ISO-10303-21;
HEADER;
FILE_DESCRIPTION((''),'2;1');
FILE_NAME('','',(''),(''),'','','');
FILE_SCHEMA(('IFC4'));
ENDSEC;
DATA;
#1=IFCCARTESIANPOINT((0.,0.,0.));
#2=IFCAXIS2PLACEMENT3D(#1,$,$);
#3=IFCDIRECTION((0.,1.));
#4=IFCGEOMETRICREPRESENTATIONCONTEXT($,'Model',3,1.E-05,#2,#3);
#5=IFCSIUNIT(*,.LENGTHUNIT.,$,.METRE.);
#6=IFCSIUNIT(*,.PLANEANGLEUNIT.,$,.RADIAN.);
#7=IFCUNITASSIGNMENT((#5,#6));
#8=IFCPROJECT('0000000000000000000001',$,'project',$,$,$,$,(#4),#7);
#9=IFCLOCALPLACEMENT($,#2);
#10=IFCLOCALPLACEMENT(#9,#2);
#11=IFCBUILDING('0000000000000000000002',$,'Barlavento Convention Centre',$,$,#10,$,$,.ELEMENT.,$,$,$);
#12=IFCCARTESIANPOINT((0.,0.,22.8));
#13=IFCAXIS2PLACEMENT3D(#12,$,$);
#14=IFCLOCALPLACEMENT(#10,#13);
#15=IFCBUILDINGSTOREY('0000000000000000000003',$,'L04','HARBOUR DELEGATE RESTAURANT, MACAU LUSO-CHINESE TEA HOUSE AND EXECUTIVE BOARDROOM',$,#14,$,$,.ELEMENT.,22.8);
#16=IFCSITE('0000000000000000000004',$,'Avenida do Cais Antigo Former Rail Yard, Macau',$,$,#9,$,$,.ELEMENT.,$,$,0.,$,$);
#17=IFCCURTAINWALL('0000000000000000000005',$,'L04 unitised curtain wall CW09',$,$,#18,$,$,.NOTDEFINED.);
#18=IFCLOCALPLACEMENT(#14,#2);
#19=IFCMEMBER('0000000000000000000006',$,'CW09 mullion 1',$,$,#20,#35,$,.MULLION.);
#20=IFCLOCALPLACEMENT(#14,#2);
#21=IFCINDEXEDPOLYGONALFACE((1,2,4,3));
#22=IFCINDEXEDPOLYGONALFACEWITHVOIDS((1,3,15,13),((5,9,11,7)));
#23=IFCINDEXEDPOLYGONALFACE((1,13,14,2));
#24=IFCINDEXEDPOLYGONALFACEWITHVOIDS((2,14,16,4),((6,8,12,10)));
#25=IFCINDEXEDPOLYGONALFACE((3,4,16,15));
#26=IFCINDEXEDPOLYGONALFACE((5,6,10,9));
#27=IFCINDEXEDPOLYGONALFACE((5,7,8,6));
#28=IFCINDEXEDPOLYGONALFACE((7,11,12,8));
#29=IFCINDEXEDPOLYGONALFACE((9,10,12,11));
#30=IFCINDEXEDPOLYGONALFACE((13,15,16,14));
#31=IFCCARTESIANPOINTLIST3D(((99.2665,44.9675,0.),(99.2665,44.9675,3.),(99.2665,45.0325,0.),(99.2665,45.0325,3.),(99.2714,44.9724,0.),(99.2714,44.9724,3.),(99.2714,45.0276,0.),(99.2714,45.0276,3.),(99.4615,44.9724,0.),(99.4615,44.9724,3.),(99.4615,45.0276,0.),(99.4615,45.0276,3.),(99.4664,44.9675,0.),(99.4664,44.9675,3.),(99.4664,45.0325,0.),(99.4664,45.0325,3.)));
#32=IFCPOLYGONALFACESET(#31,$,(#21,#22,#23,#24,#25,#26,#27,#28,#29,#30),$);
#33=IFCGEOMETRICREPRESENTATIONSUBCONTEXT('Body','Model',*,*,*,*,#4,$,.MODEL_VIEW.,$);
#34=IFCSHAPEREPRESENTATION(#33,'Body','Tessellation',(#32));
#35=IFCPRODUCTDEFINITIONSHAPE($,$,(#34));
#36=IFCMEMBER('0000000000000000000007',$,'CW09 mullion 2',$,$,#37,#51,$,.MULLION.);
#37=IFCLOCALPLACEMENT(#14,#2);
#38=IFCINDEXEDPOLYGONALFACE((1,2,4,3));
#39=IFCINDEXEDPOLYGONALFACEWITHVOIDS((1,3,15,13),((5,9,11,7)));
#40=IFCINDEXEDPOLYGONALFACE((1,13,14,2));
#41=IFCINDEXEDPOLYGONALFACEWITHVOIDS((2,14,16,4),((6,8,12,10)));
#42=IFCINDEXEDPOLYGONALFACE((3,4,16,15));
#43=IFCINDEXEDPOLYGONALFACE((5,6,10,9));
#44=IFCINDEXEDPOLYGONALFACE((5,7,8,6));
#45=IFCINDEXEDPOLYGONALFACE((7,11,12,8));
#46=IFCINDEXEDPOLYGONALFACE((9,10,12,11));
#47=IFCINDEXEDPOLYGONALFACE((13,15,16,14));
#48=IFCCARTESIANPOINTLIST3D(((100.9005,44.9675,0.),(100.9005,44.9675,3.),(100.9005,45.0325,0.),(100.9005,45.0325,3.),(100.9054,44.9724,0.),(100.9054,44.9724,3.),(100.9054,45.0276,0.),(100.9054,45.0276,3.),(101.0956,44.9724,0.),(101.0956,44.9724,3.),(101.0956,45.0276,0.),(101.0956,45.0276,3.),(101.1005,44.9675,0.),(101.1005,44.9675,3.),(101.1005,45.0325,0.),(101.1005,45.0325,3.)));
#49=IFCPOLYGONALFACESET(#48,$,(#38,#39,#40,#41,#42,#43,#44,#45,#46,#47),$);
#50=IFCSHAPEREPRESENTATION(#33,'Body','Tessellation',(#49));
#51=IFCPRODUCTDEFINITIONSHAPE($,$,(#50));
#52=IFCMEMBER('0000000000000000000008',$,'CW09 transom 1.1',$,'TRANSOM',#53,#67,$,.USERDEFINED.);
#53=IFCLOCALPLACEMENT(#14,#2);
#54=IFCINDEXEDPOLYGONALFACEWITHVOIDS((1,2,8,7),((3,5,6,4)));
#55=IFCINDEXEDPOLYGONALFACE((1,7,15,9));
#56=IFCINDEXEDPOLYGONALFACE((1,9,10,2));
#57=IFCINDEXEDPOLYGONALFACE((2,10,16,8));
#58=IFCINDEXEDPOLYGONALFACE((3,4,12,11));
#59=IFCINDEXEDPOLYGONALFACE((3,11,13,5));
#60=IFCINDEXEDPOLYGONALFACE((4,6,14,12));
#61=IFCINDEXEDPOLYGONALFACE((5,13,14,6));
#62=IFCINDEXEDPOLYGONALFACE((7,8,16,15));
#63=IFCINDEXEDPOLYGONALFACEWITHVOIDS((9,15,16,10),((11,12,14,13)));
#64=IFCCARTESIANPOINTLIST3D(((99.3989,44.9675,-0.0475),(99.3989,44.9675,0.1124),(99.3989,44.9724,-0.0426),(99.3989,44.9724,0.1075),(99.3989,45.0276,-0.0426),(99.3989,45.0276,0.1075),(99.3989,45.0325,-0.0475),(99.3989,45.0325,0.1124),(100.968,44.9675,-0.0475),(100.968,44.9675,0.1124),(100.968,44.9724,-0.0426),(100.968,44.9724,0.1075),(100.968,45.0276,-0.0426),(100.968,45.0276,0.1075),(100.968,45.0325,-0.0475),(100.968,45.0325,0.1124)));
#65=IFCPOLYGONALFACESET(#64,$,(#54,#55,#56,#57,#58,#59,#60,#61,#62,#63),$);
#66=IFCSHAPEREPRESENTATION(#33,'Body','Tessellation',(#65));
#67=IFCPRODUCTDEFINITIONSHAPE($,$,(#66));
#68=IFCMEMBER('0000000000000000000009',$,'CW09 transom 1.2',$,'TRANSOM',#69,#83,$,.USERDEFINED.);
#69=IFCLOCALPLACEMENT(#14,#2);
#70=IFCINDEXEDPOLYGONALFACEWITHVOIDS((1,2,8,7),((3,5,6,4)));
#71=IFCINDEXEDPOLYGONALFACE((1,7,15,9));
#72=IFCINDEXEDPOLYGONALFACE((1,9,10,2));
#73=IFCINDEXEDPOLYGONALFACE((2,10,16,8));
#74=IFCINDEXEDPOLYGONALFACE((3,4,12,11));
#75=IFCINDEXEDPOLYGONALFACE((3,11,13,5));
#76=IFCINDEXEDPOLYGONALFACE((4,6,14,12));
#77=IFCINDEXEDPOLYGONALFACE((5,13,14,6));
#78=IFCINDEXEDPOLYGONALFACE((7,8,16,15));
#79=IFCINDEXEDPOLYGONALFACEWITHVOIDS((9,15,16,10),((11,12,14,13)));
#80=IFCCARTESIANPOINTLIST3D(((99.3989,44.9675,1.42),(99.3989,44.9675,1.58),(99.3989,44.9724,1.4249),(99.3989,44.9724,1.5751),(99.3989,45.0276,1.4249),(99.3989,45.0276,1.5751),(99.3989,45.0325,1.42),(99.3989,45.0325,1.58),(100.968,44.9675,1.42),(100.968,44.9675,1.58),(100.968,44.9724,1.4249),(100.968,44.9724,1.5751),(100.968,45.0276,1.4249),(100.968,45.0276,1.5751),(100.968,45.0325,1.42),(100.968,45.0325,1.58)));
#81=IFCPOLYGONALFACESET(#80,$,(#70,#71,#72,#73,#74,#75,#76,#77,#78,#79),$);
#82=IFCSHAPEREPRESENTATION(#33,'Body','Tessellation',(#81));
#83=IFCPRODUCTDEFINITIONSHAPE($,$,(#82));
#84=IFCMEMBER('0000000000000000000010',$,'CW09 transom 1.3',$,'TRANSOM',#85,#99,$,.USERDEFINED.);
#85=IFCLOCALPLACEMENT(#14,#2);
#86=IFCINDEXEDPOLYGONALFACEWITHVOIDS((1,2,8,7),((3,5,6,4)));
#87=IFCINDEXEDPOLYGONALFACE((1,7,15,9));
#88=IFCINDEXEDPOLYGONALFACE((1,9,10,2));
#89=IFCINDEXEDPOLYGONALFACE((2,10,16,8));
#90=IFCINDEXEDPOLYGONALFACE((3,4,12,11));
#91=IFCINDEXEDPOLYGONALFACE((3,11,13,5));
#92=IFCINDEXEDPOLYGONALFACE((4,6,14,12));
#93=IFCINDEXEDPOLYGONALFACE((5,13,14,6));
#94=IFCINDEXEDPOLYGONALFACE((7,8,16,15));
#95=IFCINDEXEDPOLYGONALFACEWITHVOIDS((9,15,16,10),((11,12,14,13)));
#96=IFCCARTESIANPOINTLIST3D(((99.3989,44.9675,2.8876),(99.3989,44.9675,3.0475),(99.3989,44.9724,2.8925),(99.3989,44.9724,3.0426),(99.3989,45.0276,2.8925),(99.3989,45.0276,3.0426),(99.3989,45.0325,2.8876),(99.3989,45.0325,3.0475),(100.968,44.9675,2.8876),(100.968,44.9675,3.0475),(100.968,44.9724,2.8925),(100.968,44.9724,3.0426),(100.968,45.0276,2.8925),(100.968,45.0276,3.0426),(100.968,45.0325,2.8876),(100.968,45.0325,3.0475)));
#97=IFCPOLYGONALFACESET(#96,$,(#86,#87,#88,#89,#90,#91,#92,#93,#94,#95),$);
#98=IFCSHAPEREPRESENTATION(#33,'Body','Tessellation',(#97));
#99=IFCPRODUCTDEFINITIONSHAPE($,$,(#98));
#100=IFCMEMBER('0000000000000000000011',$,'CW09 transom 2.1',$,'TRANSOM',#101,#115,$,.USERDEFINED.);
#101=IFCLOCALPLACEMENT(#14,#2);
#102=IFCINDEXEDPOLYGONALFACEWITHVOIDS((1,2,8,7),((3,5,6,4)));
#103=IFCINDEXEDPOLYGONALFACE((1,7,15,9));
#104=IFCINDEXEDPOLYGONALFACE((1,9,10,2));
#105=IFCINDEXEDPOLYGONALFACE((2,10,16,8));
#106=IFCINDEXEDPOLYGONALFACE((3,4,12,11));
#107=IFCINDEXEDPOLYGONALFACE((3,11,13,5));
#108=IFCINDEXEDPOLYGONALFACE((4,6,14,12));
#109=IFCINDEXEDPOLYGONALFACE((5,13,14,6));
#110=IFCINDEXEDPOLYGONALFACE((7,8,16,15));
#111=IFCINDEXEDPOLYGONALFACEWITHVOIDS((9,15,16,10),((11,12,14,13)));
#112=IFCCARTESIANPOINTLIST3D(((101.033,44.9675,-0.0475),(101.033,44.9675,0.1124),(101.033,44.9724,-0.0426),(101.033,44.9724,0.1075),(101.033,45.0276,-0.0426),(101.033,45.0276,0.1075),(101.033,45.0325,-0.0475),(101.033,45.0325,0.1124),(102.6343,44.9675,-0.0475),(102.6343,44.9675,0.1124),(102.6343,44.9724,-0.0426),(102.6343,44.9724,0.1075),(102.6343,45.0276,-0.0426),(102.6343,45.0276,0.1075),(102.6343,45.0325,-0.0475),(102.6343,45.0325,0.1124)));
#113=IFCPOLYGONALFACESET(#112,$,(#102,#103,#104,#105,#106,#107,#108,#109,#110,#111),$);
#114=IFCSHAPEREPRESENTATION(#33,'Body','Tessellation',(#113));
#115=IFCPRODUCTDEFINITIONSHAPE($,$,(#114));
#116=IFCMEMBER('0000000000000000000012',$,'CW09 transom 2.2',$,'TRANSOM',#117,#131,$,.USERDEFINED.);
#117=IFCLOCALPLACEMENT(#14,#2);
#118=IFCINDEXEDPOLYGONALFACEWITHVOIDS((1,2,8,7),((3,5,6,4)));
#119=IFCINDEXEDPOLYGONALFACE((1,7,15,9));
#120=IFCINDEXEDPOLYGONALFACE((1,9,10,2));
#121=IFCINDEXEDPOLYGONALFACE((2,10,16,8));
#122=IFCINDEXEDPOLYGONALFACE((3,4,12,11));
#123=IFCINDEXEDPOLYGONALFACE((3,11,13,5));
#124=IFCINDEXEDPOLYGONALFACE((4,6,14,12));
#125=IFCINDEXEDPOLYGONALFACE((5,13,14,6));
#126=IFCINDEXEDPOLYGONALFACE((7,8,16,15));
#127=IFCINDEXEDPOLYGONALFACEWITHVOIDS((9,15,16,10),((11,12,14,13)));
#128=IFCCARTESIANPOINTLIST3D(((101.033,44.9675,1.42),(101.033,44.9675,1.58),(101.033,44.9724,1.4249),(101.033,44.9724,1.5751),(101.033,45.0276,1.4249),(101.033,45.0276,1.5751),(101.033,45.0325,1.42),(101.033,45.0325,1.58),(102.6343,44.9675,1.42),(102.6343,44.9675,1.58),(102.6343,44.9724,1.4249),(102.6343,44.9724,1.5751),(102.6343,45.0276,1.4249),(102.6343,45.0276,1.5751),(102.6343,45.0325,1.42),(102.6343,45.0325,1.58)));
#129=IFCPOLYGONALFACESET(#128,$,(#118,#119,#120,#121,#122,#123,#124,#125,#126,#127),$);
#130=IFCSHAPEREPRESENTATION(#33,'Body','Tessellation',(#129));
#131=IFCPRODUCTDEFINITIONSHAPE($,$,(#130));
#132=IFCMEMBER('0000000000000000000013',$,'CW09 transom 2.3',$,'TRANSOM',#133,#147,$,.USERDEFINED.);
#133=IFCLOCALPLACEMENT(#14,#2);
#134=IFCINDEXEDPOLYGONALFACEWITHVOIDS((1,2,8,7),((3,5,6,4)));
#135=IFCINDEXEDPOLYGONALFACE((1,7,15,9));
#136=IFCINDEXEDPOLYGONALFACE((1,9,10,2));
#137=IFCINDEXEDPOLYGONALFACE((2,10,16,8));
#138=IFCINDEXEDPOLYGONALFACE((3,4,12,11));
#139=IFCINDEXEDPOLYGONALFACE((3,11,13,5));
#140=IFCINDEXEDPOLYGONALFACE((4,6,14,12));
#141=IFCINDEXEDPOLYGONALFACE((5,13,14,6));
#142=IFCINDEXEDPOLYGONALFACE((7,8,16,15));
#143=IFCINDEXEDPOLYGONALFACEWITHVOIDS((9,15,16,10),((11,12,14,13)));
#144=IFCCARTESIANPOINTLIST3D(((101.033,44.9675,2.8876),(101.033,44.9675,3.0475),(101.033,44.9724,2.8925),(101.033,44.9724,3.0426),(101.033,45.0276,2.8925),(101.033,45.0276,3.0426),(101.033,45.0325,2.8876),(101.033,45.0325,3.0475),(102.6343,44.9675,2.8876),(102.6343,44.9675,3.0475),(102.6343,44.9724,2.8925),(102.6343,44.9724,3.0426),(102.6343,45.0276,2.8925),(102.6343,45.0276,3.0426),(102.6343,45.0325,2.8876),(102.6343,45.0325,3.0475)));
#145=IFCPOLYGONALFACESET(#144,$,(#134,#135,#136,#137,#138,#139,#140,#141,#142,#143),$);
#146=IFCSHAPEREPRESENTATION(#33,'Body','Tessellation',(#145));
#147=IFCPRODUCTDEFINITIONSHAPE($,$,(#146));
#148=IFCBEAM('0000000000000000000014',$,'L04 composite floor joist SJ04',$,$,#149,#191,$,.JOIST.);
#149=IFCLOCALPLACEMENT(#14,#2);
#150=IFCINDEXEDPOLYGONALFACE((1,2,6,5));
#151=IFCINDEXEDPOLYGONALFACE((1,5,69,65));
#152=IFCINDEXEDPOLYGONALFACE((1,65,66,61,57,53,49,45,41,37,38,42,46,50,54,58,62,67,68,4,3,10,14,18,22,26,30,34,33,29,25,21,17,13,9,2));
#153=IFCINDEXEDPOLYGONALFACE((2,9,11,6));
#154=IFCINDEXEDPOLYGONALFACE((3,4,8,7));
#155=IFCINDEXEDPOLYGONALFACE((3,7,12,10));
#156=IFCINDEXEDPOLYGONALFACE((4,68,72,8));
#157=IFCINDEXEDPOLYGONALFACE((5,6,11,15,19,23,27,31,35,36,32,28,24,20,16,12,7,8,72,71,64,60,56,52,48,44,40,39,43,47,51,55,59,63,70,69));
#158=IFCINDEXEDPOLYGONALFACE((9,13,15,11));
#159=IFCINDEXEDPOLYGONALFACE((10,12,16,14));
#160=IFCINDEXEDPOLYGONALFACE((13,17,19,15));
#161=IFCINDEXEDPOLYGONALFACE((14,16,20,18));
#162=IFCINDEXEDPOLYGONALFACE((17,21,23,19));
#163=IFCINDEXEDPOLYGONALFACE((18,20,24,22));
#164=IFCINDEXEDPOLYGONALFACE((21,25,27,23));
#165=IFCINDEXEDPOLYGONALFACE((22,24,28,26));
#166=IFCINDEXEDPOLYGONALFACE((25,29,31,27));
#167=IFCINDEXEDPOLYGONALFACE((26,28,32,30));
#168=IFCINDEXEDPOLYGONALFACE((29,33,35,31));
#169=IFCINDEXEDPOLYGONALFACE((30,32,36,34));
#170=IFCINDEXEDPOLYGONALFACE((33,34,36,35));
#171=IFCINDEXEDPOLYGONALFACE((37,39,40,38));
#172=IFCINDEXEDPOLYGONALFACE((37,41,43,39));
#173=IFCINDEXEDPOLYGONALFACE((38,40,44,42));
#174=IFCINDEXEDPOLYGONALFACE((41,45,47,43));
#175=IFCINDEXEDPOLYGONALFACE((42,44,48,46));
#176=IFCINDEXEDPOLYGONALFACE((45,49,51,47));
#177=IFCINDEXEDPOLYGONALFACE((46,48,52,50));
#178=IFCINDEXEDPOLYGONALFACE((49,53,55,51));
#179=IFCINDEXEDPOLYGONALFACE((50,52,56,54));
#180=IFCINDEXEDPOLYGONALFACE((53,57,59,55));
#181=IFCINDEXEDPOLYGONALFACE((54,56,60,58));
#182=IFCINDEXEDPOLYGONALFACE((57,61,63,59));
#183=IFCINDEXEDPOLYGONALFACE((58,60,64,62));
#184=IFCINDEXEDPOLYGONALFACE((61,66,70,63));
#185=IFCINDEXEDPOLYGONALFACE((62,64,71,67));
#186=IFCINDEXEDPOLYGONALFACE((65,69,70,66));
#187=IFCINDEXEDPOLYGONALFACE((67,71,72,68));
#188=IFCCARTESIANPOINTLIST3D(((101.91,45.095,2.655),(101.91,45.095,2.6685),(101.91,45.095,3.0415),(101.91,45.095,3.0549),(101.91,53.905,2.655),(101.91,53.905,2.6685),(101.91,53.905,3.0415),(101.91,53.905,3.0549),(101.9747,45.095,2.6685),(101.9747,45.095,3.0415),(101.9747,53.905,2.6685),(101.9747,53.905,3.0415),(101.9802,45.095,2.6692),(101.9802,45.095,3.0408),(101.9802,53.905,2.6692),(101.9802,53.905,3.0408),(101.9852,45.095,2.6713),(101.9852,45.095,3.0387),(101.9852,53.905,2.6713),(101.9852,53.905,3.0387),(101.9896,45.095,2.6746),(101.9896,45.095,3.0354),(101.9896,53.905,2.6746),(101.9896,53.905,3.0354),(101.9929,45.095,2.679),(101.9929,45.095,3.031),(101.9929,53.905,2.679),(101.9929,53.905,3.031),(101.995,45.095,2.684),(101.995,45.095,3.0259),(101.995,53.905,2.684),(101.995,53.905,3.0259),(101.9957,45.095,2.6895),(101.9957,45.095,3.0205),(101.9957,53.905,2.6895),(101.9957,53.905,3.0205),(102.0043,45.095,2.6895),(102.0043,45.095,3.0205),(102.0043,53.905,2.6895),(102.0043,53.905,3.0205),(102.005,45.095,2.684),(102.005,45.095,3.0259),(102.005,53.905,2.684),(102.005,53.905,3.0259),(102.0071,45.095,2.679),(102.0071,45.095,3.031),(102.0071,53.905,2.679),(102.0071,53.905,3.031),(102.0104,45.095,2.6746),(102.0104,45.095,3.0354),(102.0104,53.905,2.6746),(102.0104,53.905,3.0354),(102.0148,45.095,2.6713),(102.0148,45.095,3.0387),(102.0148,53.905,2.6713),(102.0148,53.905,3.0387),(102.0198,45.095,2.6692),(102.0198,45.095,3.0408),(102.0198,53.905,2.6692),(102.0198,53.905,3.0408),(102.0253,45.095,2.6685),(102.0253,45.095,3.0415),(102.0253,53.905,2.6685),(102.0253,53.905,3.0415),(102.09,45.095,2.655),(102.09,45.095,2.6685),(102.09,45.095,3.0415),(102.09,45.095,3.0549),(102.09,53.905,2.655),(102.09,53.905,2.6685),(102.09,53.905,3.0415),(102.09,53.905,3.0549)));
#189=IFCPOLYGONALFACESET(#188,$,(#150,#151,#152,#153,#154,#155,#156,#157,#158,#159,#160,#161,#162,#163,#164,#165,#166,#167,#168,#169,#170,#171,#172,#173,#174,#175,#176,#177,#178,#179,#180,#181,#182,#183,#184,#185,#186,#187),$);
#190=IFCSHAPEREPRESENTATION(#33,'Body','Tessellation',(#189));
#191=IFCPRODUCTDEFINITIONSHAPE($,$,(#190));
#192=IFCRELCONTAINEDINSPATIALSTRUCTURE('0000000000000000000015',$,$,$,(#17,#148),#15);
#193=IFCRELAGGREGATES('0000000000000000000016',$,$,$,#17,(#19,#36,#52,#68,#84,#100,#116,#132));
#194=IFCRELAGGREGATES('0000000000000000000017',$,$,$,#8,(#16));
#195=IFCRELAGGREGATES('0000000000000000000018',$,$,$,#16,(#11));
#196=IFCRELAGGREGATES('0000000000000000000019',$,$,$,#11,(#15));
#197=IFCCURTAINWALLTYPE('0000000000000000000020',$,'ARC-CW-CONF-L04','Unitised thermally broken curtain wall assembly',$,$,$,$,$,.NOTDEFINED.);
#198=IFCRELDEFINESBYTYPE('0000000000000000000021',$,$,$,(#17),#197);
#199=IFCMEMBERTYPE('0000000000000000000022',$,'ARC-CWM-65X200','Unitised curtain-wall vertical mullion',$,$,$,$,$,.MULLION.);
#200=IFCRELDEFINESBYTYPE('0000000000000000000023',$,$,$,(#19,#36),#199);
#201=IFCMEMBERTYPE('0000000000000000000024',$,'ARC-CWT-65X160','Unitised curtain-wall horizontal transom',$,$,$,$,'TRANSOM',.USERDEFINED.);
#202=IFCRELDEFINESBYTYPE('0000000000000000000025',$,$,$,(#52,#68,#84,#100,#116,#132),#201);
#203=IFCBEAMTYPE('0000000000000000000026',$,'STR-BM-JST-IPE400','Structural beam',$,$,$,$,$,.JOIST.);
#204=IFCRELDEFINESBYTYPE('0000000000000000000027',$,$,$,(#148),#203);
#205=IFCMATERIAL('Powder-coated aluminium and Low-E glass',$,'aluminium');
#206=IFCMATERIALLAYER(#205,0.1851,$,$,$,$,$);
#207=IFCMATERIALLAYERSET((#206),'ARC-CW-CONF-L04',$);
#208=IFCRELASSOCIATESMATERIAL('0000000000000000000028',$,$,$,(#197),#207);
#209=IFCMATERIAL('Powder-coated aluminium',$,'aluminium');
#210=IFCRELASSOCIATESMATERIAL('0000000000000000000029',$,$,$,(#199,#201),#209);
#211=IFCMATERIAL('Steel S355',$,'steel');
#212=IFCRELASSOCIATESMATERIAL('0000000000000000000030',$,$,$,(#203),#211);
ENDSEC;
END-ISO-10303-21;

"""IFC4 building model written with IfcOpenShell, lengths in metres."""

from ifc_helpers import new_model, si_unit, direction, frame, origin, origin_2d, place, context, subcontext, project, spatial, hollow_rectangle, i_section, extrude, material, layer, layer_set, material_profile, profile_set, type_object, element, aggregate, save


model = new_model("IFC4")

# Units and contexts
model_context = context("Model", 3, precision=1e-05, world=origin(), true_north=direction((0.0, 1.0)))
body_context = subcontext(model_context, "Body", "Model", "MODEL_VIEW")
ifc_project = project(units=[si_unit("LENGTHUNIT", "METRE"), si_unit("PLANEANGLEUNIT", "RADIAN")], contexts=[model_context])

# Site, building, storey
site_placement = place(None, origin())
site = spatial("IfcSite", under=ifc_project, at=site_placement, Name="Avenida do Cais Antigo Former Rail Yard, Macau", CompositionType="ELEMENT", RefElevation=0.0)
building_placement = place(site_placement, origin())
building = spatial("IfcBuilding", under=site, at=building_placement, Name="Barlavento Convention Centre", CompositionType="ELEMENT")
storey_placement = place(building_placement, frame((0.0, 0.0, 22.8)))
storey = spatial("IfcBuildingStorey", under=building, at=storey_placement, Name="L04", Description="HARBOUR DELEGATE RESTAURANT, MACAU LUSO-CHINESE TEA HOUSE AND EXECUTIVE BOARDROOM", CompositionType="ELEMENT", Elevation=22.8)

# Curtain wall, members
ifc_material_1 = material(Name="Powder-coated aluminium and Low-E glass", Category="aluminium")
ifc_layer_1 = layer(ifc_material_1, 0.1851)
ifc_layer_set_1 = layer_set([ifc_layer_1], Name="ARC-CW-CONF-L04")
curtain_wall_type = type_object("IfcCurtainWallType", Name="ARC-CW-CONF-L04", Description="Unitised thermally broken curtain wall assembly", PredefinedType="NOTDEFINED", material=ifc_layer_set_1)
curtain_wall_placement = place(storey_placement, origin())
curtain_wall = element("IfcCurtainWall", 1, at=curtain_wall_placement, inside=storey, type_object=curtain_wall_type, Name="L04 unitised curtain wall CW09", PredefinedType="NOTDEFINED")
ifc_material_2 = material(Name="Powder-coated aluminium", Category="aluminium")
ifc_material_profile_1 = material_profile(ifc_material_2, hollow_rectangle(XDim=0.0649, YDim=0.2, WallThickness=0.0049, at=origin_2d()), Name="AL-MULL 65x200x5")
ifc_profile_set_1 = profile_set([ifc_material_profile_1], Name="Powder-coated aluminium")
member_type_1 = type_object("IfcMemberType", Name="ARC-CWM-65X200", Description="Unitised curtain-wall vertical mullion", PredefinedType="MULLION", material=ifc_profile_set_1)
member_1_placement = place(storey_placement, frame((99.3665, 45.0, 0.0), z_axis=(0.0, 0.0, 1.0), x_axis=(0.0, 1.0, 0.0)))
member_1 = element("IfcMember", 2, at=member_1_placement, type_object=member_type_1, Name="CW09 mullion 1", PredefinedType="MULLION", context=body_context, shape_type="SweptSolid", body=[
    extrude(hollow_rectangle(XDim=0.0649, YDim=0.2, WallThickness=0.0049, at=origin_2d()), origin(), (0.0, 0.0, 1.0), 3.0),
])
member_2_placement = place(storey_placement, frame((101.0005, 45.0, 0.0), z_axis=(0.0, 0.0, 1.0), x_axis=(0.0, 1.0, 0.0)))
member_2 = element("IfcMember", 3, at=member_2_placement, type_object=member_type_1, Name="CW09 mullion 2", PredefinedType="MULLION", context=body_context, shape_type="SweptSolid", body=[
    extrude(hollow_rectangle(XDim=0.0649, YDim=0.2, WallThickness=0.0049, at=origin_2d()), origin(), (0.0, 0.0, 1.0), 3.0),
])
ifc_material_profile_2 = material_profile(ifc_material_2, hollow_rectangle(XDim=0.0649, YDim=0.1599, WallThickness=0.0049, at=origin_2d()), Name="AL-TRAN 65x160x5")
ifc_profile_set_2 = profile_set([ifc_material_profile_2], Name="Powder-coated aluminium")
member_type_2 = type_object("IfcMemberType", Name="ARC-CWT-65X160", Description="Unitised curtain-wall horizontal transom", ElementType="TRANSOM", PredefinedType="USERDEFINED", material=ifc_profile_set_2)
member_3_placement = place(storey_placement, frame((99.3989, 45.0, 0.0325), z_axis=(1.0, 0.0, 0.0), x_axis=(0.0, 1.0, 0.0)))
member_3 = element("IfcMember", 4, at=member_3_placement, type_object=member_type_2, Name="CW09 transom 1.1", ObjectType="TRANSOM", PredefinedType="USERDEFINED", context=body_context, shape_type="SweptSolid", body=[
    extrude(hollow_rectangle(XDim=0.0649, YDim=0.1599, WallThickness=0.0049, at=origin_2d()), origin(), (0.0, 0.0, 1.0), 1.5691),
])
member_4_placement = place(storey_placement, frame((99.3989, 45.0, 1.5), z_axis=(1.0, 0.0, 0.0), x_axis=(0.0, 1.0, 0.0)))
member_4 = element("IfcMember", 5, at=member_4_placement, type_object=member_type_2, Name="CW09 transom 1.2", ObjectType="TRANSOM", PredefinedType="USERDEFINED", context=body_context, shape_type="SweptSolid", body=[
    extrude(hollow_rectangle(XDim=0.0649, YDim=0.1599, WallThickness=0.0049, at=origin_2d()), origin(), (0.0, 0.0, 1.0), 1.5691),
])
member_5_placement = place(storey_placement, frame((99.3989, 45.0, 2.9675), z_axis=(1.0, 0.0, 0.0), x_axis=(0.0, 1.0, 0.0)))
member_5 = element("IfcMember", 6, at=member_5_placement, type_object=member_type_2, Name="CW09 transom 1.3", ObjectType="TRANSOM", PredefinedType="USERDEFINED", context=body_context, shape_type="SweptSolid", body=[
    extrude(hollow_rectangle(XDim=0.0649, YDim=0.1599, WallThickness=0.0049, at=origin_2d()), origin(), (0.0, 0.0, 1.0), 1.5691),
])
member_6_placement = place(storey_placement, frame((101.033, 45.0, 0.0325), z_axis=(1.0, 0.0, 0.0), x_axis=(0.0, 1.0, 0.0)))
member_6 = element("IfcMember", 7, at=member_6_placement, type_object=member_type_2, Name="CW09 transom 2.1", ObjectType="TRANSOM", PredefinedType="USERDEFINED", context=body_context, shape_type="SweptSolid", body=[
    extrude(hollow_rectangle(XDim=0.0649, YDim=0.1599, WallThickness=0.0049, at=origin_2d()), origin(), (0.0, 0.0, 1.0), 1.6013),
])
member_7_placement = place(storey_placement, frame((101.033, 45.0, 1.5), z_axis=(1.0, 0.0, 0.0), x_axis=(0.0, 1.0, 0.0)))
member_7 = element("IfcMember", 8, at=member_7_placement, type_object=member_type_2, Name="CW09 transom 2.2", ObjectType="TRANSOM", PredefinedType="USERDEFINED", context=body_context, shape_type="SweptSolid", body=[
    extrude(hollow_rectangle(XDim=0.0649, YDim=0.1599, WallThickness=0.0049, at=origin_2d()), origin(), (0.0, 0.0, 1.0), 1.6013),
])
member_8_placement = place(storey_placement, frame((101.033, 45.0, 2.9675), z_axis=(1.0, 0.0, 0.0), x_axis=(0.0, 1.0, 0.0)))
member_8 = element("IfcMember", 9, at=member_8_placement, type_object=member_type_2, Name="CW09 transom 2.3", ObjectType="TRANSOM", PredefinedType="USERDEFINED", context=body_context, shape_type="SweptSolid", body=[
    extrude(hollow_rectangle(XDim=0.0649, YDim=0.1599, WallThickness=0.0049, at=origin_2d()), origin(), (0.0, 0.0, 1.0), 1.6013),
])

# Beam
ifc_material_3 = material(Name="Steel S355", Category="steel")
ifc_material_profile_3 = material_profile(ifc_material_3, i_section(OverallWidth=0.1799, OverallDepth=0.3999, WebThickness=0.0085, FlangeThickness=0.0134, FilletRadius=0.021, at=origin_2d()), Name="IPE 400")
ifc_profile_set_3 = profile_set([ifc_material_profile_3], Name="Steel S355")
beam_type_1 = type_object("IfcBeamType", Name="STR-BM-JST-IPE400", Description="Structural beam", PredefinedType="JOIST", material=ifc_profile_set_3)
beam_1_placement = place(storey_placement, frame((102.0, 45.095, 2.855), z_axis=(0.0, 1.0, 0.0), x_axis=(-1.0, 0.0, 0.0)))
element("IfcBeam", 10, at=beam_1_placement, inside=storey, type_object=beam_type_1, Name="L04 composite floor joist SJ04", PredefinedType="JOIST", context=body_context, shape_type="SweptSolid", body=[
    extrude(i_section(OverallWidth=0.1799, OverallDepth=0.3999, WebThickness=0.0085, FlangeThickness=0.0134, FilletRadius=0.021, at=origin_2d()), origin(), (0.0, 0.0, 1.0), 8.8101),
])

aggregate(curtain_wall, [member_1, member_2, member_3, member_4, member_5, member_6, member_7, member_8])

save(model, "model.ifc")
